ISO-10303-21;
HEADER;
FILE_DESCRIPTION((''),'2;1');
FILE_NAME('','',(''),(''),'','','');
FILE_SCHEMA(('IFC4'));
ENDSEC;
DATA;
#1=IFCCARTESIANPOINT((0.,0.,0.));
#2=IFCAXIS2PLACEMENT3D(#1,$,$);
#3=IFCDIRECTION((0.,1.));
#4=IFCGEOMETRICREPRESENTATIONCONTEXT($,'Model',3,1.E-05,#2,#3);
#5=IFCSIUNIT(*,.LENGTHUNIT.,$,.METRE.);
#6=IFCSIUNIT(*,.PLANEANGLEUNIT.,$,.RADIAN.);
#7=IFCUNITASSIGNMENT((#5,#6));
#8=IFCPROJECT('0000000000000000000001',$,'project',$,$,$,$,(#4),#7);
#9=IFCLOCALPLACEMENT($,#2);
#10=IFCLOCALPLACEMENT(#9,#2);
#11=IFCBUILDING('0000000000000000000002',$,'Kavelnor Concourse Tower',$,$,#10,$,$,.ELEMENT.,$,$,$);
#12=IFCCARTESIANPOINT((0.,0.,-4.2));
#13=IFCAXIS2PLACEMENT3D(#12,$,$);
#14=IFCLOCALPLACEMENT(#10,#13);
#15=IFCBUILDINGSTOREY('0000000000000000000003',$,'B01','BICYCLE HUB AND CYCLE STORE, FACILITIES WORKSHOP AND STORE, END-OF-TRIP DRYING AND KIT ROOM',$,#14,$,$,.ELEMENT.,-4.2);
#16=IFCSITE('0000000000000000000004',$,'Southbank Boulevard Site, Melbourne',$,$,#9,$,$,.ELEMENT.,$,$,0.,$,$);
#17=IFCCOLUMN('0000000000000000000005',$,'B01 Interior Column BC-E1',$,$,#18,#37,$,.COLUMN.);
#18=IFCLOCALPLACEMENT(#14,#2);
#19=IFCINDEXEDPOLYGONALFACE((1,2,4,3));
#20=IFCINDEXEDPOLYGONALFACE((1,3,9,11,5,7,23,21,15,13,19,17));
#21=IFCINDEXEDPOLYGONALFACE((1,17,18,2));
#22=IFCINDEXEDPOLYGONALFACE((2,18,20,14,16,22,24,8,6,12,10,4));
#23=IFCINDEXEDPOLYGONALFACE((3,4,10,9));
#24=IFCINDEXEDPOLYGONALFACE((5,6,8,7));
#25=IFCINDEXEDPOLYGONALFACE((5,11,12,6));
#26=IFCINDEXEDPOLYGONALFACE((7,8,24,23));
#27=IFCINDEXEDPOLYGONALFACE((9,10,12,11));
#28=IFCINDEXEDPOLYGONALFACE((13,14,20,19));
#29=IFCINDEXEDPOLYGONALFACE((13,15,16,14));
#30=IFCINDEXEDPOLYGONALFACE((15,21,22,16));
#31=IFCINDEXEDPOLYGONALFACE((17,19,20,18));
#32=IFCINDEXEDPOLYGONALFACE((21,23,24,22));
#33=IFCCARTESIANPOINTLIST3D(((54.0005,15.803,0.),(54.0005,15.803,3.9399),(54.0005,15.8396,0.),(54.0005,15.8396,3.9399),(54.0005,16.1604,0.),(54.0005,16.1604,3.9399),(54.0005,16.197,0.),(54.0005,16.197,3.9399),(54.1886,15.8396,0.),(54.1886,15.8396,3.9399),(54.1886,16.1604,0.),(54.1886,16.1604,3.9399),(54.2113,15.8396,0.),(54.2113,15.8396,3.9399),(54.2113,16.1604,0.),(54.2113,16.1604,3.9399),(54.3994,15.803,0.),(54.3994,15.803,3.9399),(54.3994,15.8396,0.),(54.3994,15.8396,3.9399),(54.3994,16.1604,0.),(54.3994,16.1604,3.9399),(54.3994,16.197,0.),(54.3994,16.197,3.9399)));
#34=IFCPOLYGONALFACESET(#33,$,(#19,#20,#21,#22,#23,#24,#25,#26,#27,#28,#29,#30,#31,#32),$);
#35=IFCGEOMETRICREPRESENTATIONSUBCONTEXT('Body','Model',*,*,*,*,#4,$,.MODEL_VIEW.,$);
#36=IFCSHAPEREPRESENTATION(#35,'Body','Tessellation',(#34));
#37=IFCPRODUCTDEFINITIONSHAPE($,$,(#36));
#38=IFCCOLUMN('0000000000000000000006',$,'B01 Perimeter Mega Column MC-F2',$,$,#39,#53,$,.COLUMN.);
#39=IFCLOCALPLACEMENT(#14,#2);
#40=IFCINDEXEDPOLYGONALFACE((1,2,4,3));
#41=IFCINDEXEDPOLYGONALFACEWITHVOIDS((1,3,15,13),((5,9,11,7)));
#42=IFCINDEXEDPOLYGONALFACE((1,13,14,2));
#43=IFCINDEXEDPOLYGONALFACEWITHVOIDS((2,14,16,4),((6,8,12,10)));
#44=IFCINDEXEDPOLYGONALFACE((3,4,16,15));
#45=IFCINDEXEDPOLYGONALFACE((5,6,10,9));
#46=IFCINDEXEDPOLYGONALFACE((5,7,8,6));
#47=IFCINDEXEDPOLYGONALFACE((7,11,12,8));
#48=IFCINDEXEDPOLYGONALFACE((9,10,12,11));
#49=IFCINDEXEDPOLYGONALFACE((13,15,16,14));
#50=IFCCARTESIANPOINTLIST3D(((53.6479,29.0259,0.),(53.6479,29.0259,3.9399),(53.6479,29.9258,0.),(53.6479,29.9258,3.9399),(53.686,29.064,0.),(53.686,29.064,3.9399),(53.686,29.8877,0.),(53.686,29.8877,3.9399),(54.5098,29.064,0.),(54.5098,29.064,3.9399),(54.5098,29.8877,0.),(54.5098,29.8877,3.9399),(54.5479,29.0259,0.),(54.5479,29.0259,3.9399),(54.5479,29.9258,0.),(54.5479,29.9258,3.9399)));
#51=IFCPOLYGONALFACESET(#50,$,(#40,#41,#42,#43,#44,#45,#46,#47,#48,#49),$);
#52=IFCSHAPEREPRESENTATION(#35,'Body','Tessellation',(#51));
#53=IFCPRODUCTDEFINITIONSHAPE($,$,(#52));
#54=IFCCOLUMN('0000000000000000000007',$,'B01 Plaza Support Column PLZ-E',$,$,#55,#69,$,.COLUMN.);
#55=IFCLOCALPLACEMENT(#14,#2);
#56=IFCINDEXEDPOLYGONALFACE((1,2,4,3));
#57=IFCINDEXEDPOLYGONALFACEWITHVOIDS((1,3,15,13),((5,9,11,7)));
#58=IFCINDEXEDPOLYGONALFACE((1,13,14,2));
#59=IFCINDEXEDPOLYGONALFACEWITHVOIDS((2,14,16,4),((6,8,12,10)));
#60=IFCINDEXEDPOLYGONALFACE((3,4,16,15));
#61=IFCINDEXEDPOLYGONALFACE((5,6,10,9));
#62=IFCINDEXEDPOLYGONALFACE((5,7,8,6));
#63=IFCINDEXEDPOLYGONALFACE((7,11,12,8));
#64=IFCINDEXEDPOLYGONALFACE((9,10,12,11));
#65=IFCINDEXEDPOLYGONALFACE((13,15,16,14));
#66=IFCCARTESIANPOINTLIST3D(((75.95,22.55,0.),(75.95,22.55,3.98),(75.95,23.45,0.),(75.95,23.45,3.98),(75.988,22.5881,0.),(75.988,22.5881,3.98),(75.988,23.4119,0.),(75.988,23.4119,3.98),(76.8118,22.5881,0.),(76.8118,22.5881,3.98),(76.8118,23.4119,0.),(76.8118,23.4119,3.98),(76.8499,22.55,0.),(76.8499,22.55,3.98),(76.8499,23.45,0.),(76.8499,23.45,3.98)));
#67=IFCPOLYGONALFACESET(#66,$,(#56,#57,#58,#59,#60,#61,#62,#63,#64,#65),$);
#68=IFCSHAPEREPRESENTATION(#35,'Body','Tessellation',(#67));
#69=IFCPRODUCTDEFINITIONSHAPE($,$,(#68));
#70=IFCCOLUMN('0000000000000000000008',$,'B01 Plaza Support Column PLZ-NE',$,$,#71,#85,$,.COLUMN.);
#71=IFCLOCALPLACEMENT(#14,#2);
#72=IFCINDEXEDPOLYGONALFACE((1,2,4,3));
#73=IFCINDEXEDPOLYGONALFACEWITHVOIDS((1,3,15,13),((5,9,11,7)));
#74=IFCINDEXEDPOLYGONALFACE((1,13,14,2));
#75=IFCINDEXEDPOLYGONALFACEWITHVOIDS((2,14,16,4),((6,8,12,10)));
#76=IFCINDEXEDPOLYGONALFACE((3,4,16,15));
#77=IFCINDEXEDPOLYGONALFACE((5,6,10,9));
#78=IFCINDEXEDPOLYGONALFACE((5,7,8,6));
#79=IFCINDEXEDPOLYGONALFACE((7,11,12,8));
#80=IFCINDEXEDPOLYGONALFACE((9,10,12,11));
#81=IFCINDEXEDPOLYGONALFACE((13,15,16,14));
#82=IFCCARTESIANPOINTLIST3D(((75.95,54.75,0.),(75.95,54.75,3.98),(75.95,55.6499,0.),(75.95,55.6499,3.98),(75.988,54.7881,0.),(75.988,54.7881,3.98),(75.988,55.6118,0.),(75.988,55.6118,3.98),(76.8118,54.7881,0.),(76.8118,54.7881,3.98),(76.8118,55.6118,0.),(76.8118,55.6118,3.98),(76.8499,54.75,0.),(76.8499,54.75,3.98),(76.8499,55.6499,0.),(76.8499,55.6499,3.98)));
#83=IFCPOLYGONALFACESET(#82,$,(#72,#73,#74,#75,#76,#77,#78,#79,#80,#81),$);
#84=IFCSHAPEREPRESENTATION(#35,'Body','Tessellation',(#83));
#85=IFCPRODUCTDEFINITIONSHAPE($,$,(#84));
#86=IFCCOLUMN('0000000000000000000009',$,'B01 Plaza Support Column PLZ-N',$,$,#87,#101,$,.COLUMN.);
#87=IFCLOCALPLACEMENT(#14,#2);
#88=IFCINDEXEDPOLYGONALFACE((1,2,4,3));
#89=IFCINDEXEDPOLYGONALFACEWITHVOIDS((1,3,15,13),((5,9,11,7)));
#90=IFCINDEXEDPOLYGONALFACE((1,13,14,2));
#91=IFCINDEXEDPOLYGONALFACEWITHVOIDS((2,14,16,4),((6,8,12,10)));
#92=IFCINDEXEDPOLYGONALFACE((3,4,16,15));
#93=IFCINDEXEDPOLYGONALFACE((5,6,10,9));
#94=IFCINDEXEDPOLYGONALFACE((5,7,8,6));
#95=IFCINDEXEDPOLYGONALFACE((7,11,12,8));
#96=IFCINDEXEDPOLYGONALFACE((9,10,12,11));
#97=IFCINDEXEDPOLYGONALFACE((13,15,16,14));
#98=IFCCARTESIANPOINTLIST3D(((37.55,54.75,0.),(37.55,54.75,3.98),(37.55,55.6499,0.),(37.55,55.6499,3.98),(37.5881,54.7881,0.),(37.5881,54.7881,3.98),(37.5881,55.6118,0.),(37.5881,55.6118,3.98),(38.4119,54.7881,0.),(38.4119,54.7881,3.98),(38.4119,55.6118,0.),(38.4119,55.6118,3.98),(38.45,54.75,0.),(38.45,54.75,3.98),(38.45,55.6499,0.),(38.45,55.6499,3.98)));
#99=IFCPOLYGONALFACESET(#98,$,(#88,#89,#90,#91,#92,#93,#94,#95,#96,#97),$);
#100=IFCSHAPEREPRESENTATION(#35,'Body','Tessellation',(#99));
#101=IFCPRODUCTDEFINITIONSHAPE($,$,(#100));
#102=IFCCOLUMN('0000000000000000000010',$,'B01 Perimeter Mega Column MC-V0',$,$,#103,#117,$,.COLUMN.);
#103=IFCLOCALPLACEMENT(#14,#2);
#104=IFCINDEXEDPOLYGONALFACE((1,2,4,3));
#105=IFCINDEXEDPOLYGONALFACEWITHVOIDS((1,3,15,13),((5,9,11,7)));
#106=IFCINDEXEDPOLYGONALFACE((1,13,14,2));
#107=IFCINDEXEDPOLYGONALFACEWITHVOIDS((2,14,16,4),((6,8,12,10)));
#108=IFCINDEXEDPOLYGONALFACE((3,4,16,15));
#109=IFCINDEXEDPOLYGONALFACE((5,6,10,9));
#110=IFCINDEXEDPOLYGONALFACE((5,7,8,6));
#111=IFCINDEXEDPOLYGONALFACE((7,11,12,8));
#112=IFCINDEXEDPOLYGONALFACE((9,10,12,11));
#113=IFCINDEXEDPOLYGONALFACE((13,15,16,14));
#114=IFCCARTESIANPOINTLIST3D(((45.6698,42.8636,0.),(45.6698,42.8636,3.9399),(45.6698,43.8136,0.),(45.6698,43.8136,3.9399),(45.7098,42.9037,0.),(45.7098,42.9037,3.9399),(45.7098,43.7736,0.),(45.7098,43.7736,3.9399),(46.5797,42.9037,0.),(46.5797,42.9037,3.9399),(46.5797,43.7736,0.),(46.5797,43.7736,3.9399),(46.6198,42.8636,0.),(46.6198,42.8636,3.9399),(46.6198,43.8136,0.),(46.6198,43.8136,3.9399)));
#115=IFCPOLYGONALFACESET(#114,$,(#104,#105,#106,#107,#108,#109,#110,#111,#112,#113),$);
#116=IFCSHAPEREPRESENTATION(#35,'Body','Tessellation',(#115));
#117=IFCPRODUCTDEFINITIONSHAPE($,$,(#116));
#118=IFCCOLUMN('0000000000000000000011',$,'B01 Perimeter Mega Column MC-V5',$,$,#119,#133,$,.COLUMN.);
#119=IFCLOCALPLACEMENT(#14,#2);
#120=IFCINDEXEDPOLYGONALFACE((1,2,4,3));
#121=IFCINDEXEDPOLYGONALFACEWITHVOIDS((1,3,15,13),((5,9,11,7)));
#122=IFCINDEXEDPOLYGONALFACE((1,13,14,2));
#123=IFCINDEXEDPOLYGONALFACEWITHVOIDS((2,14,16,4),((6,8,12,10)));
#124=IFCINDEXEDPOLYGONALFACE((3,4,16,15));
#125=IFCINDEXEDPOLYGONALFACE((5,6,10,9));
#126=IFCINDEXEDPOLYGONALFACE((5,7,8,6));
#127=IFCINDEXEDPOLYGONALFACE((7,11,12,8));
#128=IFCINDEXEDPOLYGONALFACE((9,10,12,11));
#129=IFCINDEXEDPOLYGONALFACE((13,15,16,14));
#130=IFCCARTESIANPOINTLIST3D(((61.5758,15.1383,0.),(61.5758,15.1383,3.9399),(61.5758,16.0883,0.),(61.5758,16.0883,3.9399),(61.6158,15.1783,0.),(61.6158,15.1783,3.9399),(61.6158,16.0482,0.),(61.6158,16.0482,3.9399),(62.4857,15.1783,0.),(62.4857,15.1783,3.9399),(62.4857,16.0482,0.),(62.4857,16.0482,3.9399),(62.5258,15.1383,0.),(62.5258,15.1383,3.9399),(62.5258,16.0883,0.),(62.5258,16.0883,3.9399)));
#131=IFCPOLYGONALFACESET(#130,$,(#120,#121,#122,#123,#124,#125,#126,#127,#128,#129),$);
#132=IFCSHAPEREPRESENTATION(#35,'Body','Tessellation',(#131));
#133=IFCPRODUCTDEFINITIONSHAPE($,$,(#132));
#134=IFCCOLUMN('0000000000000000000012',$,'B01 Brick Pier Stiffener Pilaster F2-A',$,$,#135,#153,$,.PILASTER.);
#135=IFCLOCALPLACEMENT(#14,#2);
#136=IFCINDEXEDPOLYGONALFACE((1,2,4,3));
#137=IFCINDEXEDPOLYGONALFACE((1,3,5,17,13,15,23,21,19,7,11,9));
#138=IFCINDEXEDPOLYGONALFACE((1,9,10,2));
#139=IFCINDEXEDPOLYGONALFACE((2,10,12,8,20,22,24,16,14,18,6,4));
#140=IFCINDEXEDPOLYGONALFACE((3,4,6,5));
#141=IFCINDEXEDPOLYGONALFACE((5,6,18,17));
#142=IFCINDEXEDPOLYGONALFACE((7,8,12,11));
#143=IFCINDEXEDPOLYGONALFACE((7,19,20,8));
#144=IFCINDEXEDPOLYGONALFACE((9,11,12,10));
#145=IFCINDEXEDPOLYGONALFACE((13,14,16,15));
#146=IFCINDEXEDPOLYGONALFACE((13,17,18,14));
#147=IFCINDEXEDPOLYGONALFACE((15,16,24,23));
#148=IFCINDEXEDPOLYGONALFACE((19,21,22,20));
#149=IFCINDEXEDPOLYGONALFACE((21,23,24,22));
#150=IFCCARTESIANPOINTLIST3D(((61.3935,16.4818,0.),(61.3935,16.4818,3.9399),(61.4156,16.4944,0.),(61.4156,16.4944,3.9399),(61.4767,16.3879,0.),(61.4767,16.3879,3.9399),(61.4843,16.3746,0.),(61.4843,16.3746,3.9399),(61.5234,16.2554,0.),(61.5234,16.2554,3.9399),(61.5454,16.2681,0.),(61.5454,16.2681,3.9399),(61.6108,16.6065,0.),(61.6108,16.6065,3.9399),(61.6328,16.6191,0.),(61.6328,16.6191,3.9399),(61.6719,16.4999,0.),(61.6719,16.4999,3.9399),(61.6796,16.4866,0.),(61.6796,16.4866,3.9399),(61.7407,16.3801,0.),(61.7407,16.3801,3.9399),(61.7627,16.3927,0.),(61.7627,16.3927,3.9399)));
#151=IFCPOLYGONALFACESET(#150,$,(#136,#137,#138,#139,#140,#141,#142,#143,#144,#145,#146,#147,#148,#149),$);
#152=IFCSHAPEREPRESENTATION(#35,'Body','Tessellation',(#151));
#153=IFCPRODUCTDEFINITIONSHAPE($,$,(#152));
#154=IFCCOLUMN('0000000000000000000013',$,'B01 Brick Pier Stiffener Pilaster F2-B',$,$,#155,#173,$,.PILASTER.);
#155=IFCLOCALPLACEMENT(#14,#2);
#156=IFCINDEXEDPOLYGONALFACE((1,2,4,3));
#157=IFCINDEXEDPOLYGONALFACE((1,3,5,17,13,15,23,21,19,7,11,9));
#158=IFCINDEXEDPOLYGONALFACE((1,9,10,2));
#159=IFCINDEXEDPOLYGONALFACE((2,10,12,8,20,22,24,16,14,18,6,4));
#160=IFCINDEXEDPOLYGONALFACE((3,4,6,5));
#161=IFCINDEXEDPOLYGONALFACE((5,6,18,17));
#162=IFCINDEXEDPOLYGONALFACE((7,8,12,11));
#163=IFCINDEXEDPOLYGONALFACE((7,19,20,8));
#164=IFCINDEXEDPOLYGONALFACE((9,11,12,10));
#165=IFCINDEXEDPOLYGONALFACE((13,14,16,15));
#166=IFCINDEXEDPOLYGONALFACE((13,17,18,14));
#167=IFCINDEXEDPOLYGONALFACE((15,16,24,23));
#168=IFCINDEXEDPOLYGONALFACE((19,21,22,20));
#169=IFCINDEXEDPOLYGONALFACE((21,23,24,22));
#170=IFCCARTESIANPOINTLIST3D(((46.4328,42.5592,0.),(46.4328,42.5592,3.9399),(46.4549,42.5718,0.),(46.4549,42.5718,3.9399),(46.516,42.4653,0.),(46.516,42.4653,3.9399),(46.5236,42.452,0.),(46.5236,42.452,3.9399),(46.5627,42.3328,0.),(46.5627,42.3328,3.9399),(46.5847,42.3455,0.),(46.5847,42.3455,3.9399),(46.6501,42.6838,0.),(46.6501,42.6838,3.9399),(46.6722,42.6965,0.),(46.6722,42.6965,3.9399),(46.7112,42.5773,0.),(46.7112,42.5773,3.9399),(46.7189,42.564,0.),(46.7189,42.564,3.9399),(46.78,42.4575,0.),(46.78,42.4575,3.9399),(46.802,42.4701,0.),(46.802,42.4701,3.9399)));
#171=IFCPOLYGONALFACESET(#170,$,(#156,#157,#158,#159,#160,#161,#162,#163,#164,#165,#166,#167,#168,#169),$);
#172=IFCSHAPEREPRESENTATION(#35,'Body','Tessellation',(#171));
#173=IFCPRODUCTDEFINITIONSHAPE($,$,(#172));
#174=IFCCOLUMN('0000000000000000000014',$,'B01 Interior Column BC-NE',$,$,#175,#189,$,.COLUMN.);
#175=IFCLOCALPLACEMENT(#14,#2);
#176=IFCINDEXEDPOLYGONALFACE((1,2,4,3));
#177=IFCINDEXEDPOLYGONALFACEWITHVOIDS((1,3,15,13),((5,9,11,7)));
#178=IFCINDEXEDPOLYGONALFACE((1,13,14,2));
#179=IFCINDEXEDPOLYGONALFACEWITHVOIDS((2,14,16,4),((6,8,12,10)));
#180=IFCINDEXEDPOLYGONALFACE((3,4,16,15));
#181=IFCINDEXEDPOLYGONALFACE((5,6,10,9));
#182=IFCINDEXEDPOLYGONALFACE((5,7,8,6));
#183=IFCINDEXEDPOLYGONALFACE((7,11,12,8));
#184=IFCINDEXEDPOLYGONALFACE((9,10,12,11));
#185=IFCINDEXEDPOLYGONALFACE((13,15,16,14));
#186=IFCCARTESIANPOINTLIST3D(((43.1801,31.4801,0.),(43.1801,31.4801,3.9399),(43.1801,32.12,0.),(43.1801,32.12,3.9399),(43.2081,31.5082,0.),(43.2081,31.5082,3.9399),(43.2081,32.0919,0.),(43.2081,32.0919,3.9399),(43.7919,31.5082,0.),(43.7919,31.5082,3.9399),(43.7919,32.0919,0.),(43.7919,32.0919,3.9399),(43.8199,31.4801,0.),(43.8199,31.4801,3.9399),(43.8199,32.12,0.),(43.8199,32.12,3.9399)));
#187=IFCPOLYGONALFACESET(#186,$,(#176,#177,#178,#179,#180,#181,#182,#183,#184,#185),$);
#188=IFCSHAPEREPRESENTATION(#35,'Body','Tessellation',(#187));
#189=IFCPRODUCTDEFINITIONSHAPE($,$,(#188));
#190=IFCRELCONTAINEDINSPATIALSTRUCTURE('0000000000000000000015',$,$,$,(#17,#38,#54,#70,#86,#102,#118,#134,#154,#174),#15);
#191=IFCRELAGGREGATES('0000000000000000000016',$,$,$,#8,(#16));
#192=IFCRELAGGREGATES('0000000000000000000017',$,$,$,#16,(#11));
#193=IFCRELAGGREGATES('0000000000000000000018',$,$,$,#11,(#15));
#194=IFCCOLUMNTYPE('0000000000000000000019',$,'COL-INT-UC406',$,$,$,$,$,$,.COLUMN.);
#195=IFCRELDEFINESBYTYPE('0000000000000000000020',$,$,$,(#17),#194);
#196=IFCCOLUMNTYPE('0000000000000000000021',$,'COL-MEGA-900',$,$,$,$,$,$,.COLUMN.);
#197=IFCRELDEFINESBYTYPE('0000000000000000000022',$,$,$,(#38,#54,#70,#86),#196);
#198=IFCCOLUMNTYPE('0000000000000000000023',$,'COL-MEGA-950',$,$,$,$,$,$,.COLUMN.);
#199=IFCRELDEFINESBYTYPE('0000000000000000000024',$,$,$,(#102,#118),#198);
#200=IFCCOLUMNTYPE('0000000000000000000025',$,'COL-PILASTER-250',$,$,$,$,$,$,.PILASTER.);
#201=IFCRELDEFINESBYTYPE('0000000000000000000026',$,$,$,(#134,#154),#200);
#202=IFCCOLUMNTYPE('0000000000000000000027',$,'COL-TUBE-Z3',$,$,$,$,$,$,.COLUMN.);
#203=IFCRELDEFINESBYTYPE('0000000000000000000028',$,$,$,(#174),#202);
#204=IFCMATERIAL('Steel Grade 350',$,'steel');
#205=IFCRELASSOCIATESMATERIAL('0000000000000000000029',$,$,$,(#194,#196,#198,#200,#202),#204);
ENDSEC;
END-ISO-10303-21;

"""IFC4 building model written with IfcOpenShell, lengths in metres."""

from ifc_helpers import new_model, si_unit, direction, frame, origin, origin_2d, place, context, subcontext, project, spatial, hollow_rectangle, i_section, extrude, material, material_profile, profile_set, type_object, element, save


model = new_model("IFC4")

# Units and contexts
model_context = context("Model", 3, precision=1e-05, world=origin(), true_north=direction((0.0, 1.0)))
body_context = subcontext(model_context, "Body", "Model", "MODEL_VIEW")
ifc_project = project(units=[si_unit("LENGTHUNIT", "METRE"), si_unit("PLANEANGLEUNIT", "RADIAN")], contexts=[model_context])

# Site, building, storey
site_placement = place(None, origin())
site = spatial("IfcSite", under=ifc_project, at=site_placement, Name="Southbank Boulevard Site, Melbourne", CompositionType="ELEMENT", RefElevation=0.0)
building_placement = place(site_placement, origin())
building = spatial("IfcBuilding", under=site, at=building_placement, Name="Kavelnor Concourse Tower", CompositionType="ELEMENT")
storey_placement = place(building_placement, frame((0.0, 0.0, -4.2)))
storey = spatial("IfcBuildingStorey", under=building, at=storey_placement, Name="B01", Description="BICYCLE HUB AND CYCLE STORE, FACILITIES WORKSHOP AND STORE, END-OF-TRIP DRYING AND KIT ROOM", CompositionType="ELEMENT", Elevation=-4.2)

# Columns
ifc_material_1 = material(Name="Steel Grade 350", Category="steel")
ifc_material_profile_1 = material_profile(ifc_material_1, i_section(OverallWidth=0.3989, OverallDepth=0.394, WebThickness=0.0227, FlangeThickness=0.0366, at=origin_2d()), Name="UC 356x406x287")
ifc_profile_set_1 = profile_set([ifc_material_profile_1], Name="Steel Grade 350")
column_type_1 = type_object("IfcColumnType", Name="COL-INT-UC406", PredefinedType="COLUMN", material=ifc_profile_set_1)
column_1_placement = place(storey_placement, frame((54.2, 16.0, 0.0), z_axis=(0.0, 0.0, 1.0), x_axis=(1.0, 0.0, 0.0)))
element("IfcColumn", 1, at=column_1_placement, inside=storey, type_object=column_type_1, Name="B01 Interior Column BC-E1", PredefinedType="COLUMN", context=body_context, shape_type="SweptSolid", body=[
    extrude(i_section(OverallWidth=0.3989, OverallDepth=0.394, WebThickness=0.0227, FlangeThickness=0.0366, at=origin_2d()), origin(), (0.0, 0.0, 1.0), 3.9399),
])
ifc_material_profile_2 = material_profile(ifc_material_1, hollow_rectangle(XDim=0.8999, YDim=0.8999, WallThickness=0.0381, at=origin_2d()), Name="SHS 900x900x38")
ifc_profile_set_2 = profile_set([ifc_material_profile_2], Name="Steel Grade 350")
column_type_2 = type_object("IfcColumnType", Name="COL-MEGA-900", PredefinedType="COLUMN", material=ifc_profile_set_2)
column_2_placement = place(storey_placement, frame((54.0979, 29.4758, 0.0), z_axis=(0.0, 0.0, 1.0), x_axis=(1.0, 0.0, 0.0)))
element("IfcColumn", 2, at=column_2_placement, inside=storey, type_object=column_type_2, Name="B01 Perimeter Mega Column MC-F2", PredefinedType="COLUMN", context=body_context, shape_type="SweptSolid", body=[
    extrude(hollow_rectangle(XDim=0.8999, YDim=0.8999, WallThickness=0.0381, at=origin_2d()), origin(), (0.0, 0.0, 1.0), 3.9399),
])
for number, where, z_axis, x_axis, name in (
    (3, (76.3999, 23.0, 0.0), (0.0, 0.0, 1.0), (1.0, 0.0, 0.0), "B01 Plaza Support Column PLZ-E"),
    (4, (76.3999, 55.2, 0.0), (0.0, 0.0, 1.0), (1.0, 0.0, 0.0), "B01 Plaza Support Column PLZ-NE"),
    (5, (38.0, 55.2, 0.0), (0.0, 0.0, 1.0), (1.0, 0.0, 0.0), "B01 Plaza Support Column PLZ-N"),
):
    element("IfcColumn", number, at=place(storey_placement, frame(where, z_axis=z_axis, x_axis=x_axis)), inside=storey, type_object=column_type_2, Name=name, PredefinedType="COLUMN", context=body_context, shape_type="SweptSolid", body=[
        extrude(hollow_rectangle(XDim=0.8999, YDim=0.8999, WallThickness=0.0381, at=origin_2d()), origin(), (0.0, 0.0, 1.0), 3.98),
    ])
ifc_material_profile_3 = material_profile(ifc_material_1, hollow_rectangle(XDim=0.95, YDim=0.95, WallThickness=0.04, at=origin_2d()), Name="SHS 950x950x40")
ifc_profile_set_3 = profile_set([ifc_material_profile_3], Name="Steel Grade 350")
column_type_3 = type_object("IfcColumnType", Name="COL-MEGA-950", PredefinedType="COLUMN", material=ifc_profile_set_3)
for number, where, z_axis, x_axis, name in (
    (6, (46.1448, 43.3386, 0.0), (0.0, 0.0, 1.0), (1.0, 0.0, 0.0), "B01 Perimeter Mega Column MC-V0"),
    (7, (62.0508, 15.6133, 0.0), (0.0, 0.0, 1.0), (1.0, 0.0, 0.0), "B01 Perimeter Mega Column MC-V5"),
):
    element("IfcColumn", number, at=place(storey_placement, frame(where, z_axis=z_axis, x_axis=x_axis)), inside=storey, type_object=column_type_3, Name=name, PredefinedType="COLUMN", context=body_context, shape_type="SweptSolid", body=[
        extrude(hollow_rectangle(XDim=0.95, YDim=0.95, WallThickness=0.04, at=origin_2d()), origin(), (0.0, 0.0, 1.0), 3.9399),
    ])
ifc_material_profile_4 = material_profile(ifc_material_1, i_section(OverallWidth=0.261, OverallDepth=0.2759, WebThickness=0.0154, FlangeThickness=0.0254, at=origin_2d()), Name="UC 254x254x132")
ifc_profile_set_4 = profile_set([ifc_material_profile_4], Name="Steel Grade 350")
column_type_4 = type_object("IfcColumnType", Name="COL-PILASTER-250", PredefinedType="PILASTER", material=ifc_profile_set_4)
for number, where, z_axis, x_axis, name in (
    (8, (61.5781, 16.4373, 0.0), (0.0, 0.0, 1.0), (-0.49758, 0.867418, 0.0), "B01 Brick Pier Stiffener Pilaster F2-A"),
    (9, (46.6174, 42.5146, 0.0), (0.0, 0.0, 1.0), (-0.49758, 0.867418, 0.0), "B01 Brick Pier Stiffener Pilaster F2-B"),
):
    element("IfcColumn", number, at=place(storey_placement, frame(where, z_axis=z_axis, x_axis=x_axis)), inside=storey, type_object=column_type_4, Name=name, PredefinedType="PILASTER", context=body_context, shape_type="SweptSolid", body=[
        extrude(i_section(OverallWidth=0.261, OverallDepth=0.2759, WebThickness=0.0154, FlangeThickness=0.0254, at=origin_2d()), origin(), (0.0, 0.0, 1.0), 3.9399),
    ])
ifc_material_profile_5 = material_profile(ifc_material_1, hollow_rectangle(XDim=0.6399, YDim=0.6399, WallThickness=0.0281, at=origin_2d()), Name="SHS 640x640x28")
ifc_profile_set_5 = profile_set([ifc_material_profile_5], Name="Steel Grade 350")
column_type_5 = type_object("IfcColumnType", Name="COL-TUBE-Z3", PredefinedType="COLUMN", material=ifc_profile_set_5)
column_3_placement = place(storey_placement, frame((43.5, 31.8, 0.0), z_axis=(0.0, 0.0, 1.0), x_axis=(1.0, 0.0, 0.0)))
element("IfcColumn", 10, at=column_3_placement, inside=storey, type_object=column_type_5, Name="B01 Interior Column BC-NE", PredefinedType="COLUMN", context=body_context, shape_type="SweptSolid", body=[
    extrude(hollow_rectangle(XDim=0.6399, YDim=0.6399, WallThickness=0.0281, at=origin_2d()), origin(), (0.0, 0.0, 1.0), 3.9399),
])

save(model, "model.ifc")
